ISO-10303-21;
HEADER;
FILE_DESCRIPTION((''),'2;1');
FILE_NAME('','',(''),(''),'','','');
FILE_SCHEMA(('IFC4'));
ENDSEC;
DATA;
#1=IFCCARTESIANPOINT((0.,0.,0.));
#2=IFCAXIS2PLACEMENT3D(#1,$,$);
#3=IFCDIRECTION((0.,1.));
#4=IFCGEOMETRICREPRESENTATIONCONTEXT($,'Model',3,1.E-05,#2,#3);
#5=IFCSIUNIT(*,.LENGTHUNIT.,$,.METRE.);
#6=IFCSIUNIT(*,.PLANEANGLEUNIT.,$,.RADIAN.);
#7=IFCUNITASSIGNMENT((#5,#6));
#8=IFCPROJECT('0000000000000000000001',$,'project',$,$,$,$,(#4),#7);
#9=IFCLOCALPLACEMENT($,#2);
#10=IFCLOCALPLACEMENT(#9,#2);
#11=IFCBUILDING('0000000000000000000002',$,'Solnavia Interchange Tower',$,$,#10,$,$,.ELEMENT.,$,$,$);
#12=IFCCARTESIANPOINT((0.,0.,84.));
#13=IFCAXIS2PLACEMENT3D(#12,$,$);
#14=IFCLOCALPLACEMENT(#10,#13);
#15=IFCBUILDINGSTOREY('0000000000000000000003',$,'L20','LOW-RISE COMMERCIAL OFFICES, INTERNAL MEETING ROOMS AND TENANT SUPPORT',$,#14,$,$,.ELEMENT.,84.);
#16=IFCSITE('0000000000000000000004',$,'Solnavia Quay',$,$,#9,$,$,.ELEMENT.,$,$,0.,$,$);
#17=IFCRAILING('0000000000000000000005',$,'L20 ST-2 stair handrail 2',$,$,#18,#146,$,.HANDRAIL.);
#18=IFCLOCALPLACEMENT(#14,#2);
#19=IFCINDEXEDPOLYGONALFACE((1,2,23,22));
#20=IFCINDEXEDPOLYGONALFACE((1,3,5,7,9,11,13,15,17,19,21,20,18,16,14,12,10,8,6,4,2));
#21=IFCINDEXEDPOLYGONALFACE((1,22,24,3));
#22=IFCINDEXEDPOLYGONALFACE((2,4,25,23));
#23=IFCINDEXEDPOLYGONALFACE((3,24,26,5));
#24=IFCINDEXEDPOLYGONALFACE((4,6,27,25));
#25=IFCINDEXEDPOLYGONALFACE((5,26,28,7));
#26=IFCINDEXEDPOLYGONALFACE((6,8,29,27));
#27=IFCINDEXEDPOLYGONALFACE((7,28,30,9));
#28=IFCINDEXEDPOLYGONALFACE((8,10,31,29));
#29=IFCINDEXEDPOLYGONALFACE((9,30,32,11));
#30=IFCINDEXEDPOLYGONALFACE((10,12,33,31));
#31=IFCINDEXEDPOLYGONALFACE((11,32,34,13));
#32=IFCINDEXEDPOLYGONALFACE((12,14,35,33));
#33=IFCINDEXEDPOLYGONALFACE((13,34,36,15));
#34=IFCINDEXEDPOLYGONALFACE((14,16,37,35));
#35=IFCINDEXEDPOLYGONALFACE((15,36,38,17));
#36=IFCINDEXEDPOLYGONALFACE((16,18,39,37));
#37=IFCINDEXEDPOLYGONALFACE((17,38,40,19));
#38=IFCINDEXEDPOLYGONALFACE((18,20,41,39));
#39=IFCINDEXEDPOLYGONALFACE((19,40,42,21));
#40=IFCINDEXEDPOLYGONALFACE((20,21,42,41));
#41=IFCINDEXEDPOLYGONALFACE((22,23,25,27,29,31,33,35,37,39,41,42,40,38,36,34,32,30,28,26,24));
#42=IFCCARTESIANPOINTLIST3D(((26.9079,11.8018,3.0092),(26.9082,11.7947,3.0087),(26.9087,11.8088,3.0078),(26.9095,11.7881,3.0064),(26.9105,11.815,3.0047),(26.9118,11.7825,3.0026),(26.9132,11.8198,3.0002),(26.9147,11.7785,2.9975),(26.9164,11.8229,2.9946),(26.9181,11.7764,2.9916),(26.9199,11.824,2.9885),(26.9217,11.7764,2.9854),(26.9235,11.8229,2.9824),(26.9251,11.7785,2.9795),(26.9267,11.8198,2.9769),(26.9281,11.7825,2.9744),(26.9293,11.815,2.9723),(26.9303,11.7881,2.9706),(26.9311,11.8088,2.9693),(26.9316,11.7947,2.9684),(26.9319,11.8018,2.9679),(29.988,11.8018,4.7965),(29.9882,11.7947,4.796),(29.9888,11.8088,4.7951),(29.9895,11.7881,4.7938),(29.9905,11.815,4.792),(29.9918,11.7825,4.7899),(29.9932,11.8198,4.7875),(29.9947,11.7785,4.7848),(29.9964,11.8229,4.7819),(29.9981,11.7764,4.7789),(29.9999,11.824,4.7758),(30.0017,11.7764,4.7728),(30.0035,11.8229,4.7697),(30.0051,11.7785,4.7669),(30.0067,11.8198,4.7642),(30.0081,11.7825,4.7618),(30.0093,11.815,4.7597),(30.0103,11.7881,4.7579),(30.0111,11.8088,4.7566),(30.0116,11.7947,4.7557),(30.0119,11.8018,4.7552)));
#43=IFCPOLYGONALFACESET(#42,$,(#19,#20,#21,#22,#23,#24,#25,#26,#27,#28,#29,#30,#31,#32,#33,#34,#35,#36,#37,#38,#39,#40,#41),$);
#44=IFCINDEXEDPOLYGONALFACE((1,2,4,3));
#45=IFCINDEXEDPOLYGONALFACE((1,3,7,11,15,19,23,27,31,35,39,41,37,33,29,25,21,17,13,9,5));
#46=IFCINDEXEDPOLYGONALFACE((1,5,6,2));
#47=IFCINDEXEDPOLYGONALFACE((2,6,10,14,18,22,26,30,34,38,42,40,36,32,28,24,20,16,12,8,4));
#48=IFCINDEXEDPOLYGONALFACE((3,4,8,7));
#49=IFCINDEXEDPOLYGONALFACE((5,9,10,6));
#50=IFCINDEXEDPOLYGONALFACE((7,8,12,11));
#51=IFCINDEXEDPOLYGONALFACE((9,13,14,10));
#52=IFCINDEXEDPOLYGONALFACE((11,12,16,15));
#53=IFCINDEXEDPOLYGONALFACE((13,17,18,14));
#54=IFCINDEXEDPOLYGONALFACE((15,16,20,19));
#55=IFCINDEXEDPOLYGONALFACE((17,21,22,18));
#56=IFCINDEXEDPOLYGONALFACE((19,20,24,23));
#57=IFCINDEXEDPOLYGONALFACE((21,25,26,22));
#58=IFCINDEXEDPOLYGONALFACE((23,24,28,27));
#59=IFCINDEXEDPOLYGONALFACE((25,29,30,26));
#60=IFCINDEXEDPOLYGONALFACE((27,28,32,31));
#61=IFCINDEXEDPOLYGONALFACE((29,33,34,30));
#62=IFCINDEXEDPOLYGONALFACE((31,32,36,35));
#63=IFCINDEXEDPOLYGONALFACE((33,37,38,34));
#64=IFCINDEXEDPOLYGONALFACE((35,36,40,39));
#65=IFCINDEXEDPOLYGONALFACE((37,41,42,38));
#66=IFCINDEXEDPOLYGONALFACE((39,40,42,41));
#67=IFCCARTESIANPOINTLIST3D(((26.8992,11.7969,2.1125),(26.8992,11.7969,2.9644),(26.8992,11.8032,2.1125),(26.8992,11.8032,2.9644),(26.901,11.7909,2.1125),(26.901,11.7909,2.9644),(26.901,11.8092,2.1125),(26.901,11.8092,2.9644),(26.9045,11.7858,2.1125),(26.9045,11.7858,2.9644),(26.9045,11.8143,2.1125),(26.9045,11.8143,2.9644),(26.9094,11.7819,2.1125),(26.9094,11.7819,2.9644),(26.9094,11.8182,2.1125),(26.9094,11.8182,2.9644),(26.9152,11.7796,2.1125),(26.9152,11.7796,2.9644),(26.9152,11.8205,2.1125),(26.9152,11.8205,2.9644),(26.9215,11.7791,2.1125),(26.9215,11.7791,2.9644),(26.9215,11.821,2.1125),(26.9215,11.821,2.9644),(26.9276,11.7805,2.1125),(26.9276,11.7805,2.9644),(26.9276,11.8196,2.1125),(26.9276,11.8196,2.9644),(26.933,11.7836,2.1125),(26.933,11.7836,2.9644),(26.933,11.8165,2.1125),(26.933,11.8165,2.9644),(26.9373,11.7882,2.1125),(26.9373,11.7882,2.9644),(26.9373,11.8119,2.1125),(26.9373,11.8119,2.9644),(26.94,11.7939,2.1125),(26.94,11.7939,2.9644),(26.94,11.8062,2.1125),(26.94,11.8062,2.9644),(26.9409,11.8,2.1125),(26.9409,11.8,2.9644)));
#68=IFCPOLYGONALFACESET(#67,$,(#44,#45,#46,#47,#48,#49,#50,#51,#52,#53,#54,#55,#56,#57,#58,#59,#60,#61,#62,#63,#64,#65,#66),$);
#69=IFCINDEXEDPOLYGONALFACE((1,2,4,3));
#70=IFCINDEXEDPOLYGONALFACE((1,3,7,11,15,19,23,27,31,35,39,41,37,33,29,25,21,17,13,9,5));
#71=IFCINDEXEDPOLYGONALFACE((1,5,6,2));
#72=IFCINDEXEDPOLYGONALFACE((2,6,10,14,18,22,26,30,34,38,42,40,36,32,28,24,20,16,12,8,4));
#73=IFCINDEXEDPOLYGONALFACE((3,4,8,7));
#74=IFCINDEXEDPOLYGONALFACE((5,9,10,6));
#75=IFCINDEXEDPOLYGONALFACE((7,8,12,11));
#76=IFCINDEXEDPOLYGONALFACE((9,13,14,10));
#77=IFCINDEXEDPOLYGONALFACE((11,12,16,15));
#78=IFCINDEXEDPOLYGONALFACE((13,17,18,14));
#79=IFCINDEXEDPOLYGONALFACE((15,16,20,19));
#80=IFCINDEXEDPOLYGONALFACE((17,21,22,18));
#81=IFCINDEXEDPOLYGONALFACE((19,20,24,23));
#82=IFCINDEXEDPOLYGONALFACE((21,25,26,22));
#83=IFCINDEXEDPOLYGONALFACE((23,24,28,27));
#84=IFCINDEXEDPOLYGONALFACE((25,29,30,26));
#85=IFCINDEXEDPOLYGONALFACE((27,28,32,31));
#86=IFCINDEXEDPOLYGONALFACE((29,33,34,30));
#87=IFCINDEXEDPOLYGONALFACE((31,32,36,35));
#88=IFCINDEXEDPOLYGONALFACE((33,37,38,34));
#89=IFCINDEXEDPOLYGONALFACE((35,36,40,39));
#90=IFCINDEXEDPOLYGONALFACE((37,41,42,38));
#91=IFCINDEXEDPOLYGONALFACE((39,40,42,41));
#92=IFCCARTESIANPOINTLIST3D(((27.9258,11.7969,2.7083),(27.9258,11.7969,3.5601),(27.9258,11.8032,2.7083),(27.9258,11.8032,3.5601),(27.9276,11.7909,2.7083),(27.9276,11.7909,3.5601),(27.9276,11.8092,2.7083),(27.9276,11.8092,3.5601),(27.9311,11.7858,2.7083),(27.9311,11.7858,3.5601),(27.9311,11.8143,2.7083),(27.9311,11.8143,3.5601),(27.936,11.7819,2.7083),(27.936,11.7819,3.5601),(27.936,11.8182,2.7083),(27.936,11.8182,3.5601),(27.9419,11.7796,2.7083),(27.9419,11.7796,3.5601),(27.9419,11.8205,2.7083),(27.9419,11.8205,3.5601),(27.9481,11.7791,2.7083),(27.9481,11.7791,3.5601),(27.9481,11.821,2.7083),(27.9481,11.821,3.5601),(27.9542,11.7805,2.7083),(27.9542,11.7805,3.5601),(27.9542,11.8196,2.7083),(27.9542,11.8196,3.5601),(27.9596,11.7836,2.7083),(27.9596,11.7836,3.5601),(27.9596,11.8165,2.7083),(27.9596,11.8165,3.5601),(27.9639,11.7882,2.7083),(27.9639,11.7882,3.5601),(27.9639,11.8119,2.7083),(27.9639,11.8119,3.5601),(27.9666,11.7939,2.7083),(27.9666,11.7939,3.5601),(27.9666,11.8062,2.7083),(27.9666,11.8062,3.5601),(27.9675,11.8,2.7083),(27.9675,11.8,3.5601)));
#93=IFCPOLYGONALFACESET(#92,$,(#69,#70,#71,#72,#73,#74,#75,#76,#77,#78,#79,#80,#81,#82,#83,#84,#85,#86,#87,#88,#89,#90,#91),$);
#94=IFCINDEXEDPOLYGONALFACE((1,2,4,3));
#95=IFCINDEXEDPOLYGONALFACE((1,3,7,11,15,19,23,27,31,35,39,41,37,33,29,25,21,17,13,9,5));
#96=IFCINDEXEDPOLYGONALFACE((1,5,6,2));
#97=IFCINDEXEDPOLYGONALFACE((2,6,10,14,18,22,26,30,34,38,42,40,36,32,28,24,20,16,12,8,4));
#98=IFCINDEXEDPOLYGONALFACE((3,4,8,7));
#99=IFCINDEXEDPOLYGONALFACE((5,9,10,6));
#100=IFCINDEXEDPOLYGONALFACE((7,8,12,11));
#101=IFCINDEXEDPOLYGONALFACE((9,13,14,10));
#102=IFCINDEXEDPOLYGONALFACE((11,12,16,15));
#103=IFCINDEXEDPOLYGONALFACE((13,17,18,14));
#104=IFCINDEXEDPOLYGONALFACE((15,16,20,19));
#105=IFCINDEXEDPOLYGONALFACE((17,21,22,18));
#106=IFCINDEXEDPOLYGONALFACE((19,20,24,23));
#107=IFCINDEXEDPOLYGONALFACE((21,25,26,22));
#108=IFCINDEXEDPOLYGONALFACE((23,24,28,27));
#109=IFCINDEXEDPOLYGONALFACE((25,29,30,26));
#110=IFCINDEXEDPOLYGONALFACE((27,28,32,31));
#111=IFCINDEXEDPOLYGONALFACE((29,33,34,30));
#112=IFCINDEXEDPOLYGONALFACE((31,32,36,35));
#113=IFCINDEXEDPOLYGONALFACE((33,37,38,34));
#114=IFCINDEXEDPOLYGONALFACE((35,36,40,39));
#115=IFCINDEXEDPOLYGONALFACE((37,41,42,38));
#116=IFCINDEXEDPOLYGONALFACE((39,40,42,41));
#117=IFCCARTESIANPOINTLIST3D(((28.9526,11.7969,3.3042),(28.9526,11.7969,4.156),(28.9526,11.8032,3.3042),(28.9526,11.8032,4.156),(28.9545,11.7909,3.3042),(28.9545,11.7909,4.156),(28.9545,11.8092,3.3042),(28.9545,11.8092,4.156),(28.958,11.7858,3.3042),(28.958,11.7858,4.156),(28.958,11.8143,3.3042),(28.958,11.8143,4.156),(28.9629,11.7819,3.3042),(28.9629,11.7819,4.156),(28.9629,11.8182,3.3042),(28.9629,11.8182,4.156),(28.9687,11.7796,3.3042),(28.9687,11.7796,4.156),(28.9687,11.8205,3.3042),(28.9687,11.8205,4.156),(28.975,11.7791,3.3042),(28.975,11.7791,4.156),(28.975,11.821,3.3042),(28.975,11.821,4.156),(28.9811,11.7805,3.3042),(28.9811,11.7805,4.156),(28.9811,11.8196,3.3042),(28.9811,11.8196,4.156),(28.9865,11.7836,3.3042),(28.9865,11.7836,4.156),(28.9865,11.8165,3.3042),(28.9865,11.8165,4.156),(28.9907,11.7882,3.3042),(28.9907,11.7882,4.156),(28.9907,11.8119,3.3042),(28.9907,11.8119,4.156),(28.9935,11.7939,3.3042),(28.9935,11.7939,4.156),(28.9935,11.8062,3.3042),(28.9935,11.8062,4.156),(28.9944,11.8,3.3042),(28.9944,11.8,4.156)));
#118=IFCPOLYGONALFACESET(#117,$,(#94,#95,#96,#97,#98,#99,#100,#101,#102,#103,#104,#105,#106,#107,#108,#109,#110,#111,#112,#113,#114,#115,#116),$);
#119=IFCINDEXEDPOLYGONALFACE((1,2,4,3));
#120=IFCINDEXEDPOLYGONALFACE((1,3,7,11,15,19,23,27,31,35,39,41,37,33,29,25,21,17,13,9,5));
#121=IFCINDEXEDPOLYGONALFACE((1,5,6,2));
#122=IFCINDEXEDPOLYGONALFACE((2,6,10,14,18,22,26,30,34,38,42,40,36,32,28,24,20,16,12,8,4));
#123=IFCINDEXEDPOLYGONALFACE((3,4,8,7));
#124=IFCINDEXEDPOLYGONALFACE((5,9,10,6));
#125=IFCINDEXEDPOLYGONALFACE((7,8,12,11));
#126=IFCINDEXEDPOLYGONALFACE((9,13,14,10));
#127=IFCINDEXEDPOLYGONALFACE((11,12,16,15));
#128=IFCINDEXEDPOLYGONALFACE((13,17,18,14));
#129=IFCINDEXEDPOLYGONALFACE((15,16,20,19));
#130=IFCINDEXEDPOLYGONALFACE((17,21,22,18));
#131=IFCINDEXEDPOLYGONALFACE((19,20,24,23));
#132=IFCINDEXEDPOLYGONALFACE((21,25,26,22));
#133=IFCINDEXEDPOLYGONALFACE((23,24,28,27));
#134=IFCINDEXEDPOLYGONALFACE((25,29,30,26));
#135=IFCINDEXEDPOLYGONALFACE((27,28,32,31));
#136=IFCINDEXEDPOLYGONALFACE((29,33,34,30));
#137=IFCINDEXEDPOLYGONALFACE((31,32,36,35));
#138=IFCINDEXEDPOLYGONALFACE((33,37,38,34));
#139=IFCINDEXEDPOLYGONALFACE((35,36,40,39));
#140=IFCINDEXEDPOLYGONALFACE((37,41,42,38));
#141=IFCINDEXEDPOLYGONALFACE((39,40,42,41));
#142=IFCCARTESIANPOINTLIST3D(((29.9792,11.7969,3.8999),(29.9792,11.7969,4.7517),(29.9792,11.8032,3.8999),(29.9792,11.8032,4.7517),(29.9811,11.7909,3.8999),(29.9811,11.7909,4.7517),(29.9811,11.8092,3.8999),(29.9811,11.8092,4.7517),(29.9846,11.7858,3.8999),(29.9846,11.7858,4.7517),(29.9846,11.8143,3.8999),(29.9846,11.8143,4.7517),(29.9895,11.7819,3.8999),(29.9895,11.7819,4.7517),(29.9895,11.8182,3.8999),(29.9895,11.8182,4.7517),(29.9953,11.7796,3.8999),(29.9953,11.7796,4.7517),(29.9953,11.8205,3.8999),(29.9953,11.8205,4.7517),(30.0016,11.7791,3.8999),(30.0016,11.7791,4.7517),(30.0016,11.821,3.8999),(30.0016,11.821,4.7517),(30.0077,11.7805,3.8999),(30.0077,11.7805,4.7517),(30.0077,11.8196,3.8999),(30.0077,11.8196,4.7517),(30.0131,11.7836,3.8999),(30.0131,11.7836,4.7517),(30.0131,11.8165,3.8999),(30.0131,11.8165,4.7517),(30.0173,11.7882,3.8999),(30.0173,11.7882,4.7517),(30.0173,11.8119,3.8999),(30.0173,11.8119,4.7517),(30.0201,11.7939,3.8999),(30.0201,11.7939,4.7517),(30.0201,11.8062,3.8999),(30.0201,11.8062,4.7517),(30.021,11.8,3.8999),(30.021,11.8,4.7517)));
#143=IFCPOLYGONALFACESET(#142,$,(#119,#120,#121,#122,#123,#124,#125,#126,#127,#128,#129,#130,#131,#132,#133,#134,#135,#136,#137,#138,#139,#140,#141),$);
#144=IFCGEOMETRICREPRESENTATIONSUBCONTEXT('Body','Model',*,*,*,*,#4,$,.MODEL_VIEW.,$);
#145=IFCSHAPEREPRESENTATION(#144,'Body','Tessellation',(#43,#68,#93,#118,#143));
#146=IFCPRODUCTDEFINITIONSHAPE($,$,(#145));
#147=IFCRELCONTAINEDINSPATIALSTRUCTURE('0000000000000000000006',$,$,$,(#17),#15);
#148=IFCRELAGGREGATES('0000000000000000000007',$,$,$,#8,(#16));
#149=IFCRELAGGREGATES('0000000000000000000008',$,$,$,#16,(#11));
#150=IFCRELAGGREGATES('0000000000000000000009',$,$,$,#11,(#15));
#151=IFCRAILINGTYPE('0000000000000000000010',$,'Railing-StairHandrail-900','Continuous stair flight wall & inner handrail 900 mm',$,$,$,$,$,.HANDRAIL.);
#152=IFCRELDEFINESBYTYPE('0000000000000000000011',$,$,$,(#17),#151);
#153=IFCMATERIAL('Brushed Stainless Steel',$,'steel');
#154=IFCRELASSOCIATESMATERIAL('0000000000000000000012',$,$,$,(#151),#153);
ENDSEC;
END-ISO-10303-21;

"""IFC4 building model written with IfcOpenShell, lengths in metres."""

from ifc_helpers import new_model, si_unit, direction, frame, origin, origin_2d, place, context, subcontext, project, spatial, circle, extrude, material, type_object, element, save


model = new_model("IFC4")

# Units and contexts
model_context = context("Model", 3, precision=1e-05, world=origin(), true_north=direction((0.0, 1.0)))
body_context = subcontext(model_context, "Body", "Model", "MODEL_VIEW")
ifc_project = project(units=[si_unit("LENGTHUNIT", "METRE"), si_unit("PLANEANGLEUNIT", "RADIAN")], contexts=[model_context])

# Site, building, storey
site_placement = place(None, origin())
site = spatial("IfcSite", under=ifc_project, at=site_placement, Name="Solnavia Quay", CompositionType="ELEMENT", RefElevation=0.0)
building_placement = place(site_placement, origin())
building = spatial("IfcBuilding", under=site, at=building_placement, Name="Solnavia Interchange Tower", CompositionType="ELEMENT")
storey_placement = place(building_placement, frame((0.0, 0.0, 84.0)))
storey = spatial("IfcBuildingStorey", under=building, at=storey_placement, Name="L20", Description="LOW-RISE COMMERCIAL OFFICES, INTERNAL MEETING ROOMS AND TENANT SUPPORT", CompositionType="ELEMENT", Elevation=84.0)

# Railing
ifc_material_1 = material(Name="Brushed Stainless Steel", Category="steel")
railing_type_1 = type_object("IfcRailingType", Name="Railing-StairHandrail-900", Description="Continuous stair flight wall & inner handrail 900 mm", PredefinedType="HANDRAIL", material=ifc_material_1)
railing_1_placement = place(storey_placement, frame((26.9199, 11.8, 2.1125)))
element("IfcRailing", 1, at=railing_1_placement, inside=storey, type_object=railing_type_1, Name="L20 ST-2 stair handrail 2", PredefinedType="HANDRAIL", context=body_context, shape_type="SweptSolid", body=[
    extrude(circle(Radius=0.0239, at=origin_2d()), frame((0.0, 0.0, 0.876), z_axis=(0.86492, 0.0, 0.501909), x_axis=(0.0, 1.0, 0.0)), (0.0, 0.0, 1.0), 3.561),
    extrude(circle(Radius=0.021, at=origin_2d()), origin(), (0.0, 0.0, 1.0), 0.8518),
    extrude(circle(Radius=0.021, at=origin_2d()), frame((1.0266, 0.0, 0.5957)), (0.0, 0.0, 1.0), 0.8518),
    extrude(circle(Radius=0.021, at=origin_2d()), frame((2.0535, 0.0, 1.1917)), (0.0, 0.0, 1.0), 0.8518),
    extrude(circle(Radius=0.021, at=origin_2d()), frame((3.0801, 0.0, 1.7874)), (0.0, 0.0, 1.0), 0.8518),
])

save(model, "model.ifc")
